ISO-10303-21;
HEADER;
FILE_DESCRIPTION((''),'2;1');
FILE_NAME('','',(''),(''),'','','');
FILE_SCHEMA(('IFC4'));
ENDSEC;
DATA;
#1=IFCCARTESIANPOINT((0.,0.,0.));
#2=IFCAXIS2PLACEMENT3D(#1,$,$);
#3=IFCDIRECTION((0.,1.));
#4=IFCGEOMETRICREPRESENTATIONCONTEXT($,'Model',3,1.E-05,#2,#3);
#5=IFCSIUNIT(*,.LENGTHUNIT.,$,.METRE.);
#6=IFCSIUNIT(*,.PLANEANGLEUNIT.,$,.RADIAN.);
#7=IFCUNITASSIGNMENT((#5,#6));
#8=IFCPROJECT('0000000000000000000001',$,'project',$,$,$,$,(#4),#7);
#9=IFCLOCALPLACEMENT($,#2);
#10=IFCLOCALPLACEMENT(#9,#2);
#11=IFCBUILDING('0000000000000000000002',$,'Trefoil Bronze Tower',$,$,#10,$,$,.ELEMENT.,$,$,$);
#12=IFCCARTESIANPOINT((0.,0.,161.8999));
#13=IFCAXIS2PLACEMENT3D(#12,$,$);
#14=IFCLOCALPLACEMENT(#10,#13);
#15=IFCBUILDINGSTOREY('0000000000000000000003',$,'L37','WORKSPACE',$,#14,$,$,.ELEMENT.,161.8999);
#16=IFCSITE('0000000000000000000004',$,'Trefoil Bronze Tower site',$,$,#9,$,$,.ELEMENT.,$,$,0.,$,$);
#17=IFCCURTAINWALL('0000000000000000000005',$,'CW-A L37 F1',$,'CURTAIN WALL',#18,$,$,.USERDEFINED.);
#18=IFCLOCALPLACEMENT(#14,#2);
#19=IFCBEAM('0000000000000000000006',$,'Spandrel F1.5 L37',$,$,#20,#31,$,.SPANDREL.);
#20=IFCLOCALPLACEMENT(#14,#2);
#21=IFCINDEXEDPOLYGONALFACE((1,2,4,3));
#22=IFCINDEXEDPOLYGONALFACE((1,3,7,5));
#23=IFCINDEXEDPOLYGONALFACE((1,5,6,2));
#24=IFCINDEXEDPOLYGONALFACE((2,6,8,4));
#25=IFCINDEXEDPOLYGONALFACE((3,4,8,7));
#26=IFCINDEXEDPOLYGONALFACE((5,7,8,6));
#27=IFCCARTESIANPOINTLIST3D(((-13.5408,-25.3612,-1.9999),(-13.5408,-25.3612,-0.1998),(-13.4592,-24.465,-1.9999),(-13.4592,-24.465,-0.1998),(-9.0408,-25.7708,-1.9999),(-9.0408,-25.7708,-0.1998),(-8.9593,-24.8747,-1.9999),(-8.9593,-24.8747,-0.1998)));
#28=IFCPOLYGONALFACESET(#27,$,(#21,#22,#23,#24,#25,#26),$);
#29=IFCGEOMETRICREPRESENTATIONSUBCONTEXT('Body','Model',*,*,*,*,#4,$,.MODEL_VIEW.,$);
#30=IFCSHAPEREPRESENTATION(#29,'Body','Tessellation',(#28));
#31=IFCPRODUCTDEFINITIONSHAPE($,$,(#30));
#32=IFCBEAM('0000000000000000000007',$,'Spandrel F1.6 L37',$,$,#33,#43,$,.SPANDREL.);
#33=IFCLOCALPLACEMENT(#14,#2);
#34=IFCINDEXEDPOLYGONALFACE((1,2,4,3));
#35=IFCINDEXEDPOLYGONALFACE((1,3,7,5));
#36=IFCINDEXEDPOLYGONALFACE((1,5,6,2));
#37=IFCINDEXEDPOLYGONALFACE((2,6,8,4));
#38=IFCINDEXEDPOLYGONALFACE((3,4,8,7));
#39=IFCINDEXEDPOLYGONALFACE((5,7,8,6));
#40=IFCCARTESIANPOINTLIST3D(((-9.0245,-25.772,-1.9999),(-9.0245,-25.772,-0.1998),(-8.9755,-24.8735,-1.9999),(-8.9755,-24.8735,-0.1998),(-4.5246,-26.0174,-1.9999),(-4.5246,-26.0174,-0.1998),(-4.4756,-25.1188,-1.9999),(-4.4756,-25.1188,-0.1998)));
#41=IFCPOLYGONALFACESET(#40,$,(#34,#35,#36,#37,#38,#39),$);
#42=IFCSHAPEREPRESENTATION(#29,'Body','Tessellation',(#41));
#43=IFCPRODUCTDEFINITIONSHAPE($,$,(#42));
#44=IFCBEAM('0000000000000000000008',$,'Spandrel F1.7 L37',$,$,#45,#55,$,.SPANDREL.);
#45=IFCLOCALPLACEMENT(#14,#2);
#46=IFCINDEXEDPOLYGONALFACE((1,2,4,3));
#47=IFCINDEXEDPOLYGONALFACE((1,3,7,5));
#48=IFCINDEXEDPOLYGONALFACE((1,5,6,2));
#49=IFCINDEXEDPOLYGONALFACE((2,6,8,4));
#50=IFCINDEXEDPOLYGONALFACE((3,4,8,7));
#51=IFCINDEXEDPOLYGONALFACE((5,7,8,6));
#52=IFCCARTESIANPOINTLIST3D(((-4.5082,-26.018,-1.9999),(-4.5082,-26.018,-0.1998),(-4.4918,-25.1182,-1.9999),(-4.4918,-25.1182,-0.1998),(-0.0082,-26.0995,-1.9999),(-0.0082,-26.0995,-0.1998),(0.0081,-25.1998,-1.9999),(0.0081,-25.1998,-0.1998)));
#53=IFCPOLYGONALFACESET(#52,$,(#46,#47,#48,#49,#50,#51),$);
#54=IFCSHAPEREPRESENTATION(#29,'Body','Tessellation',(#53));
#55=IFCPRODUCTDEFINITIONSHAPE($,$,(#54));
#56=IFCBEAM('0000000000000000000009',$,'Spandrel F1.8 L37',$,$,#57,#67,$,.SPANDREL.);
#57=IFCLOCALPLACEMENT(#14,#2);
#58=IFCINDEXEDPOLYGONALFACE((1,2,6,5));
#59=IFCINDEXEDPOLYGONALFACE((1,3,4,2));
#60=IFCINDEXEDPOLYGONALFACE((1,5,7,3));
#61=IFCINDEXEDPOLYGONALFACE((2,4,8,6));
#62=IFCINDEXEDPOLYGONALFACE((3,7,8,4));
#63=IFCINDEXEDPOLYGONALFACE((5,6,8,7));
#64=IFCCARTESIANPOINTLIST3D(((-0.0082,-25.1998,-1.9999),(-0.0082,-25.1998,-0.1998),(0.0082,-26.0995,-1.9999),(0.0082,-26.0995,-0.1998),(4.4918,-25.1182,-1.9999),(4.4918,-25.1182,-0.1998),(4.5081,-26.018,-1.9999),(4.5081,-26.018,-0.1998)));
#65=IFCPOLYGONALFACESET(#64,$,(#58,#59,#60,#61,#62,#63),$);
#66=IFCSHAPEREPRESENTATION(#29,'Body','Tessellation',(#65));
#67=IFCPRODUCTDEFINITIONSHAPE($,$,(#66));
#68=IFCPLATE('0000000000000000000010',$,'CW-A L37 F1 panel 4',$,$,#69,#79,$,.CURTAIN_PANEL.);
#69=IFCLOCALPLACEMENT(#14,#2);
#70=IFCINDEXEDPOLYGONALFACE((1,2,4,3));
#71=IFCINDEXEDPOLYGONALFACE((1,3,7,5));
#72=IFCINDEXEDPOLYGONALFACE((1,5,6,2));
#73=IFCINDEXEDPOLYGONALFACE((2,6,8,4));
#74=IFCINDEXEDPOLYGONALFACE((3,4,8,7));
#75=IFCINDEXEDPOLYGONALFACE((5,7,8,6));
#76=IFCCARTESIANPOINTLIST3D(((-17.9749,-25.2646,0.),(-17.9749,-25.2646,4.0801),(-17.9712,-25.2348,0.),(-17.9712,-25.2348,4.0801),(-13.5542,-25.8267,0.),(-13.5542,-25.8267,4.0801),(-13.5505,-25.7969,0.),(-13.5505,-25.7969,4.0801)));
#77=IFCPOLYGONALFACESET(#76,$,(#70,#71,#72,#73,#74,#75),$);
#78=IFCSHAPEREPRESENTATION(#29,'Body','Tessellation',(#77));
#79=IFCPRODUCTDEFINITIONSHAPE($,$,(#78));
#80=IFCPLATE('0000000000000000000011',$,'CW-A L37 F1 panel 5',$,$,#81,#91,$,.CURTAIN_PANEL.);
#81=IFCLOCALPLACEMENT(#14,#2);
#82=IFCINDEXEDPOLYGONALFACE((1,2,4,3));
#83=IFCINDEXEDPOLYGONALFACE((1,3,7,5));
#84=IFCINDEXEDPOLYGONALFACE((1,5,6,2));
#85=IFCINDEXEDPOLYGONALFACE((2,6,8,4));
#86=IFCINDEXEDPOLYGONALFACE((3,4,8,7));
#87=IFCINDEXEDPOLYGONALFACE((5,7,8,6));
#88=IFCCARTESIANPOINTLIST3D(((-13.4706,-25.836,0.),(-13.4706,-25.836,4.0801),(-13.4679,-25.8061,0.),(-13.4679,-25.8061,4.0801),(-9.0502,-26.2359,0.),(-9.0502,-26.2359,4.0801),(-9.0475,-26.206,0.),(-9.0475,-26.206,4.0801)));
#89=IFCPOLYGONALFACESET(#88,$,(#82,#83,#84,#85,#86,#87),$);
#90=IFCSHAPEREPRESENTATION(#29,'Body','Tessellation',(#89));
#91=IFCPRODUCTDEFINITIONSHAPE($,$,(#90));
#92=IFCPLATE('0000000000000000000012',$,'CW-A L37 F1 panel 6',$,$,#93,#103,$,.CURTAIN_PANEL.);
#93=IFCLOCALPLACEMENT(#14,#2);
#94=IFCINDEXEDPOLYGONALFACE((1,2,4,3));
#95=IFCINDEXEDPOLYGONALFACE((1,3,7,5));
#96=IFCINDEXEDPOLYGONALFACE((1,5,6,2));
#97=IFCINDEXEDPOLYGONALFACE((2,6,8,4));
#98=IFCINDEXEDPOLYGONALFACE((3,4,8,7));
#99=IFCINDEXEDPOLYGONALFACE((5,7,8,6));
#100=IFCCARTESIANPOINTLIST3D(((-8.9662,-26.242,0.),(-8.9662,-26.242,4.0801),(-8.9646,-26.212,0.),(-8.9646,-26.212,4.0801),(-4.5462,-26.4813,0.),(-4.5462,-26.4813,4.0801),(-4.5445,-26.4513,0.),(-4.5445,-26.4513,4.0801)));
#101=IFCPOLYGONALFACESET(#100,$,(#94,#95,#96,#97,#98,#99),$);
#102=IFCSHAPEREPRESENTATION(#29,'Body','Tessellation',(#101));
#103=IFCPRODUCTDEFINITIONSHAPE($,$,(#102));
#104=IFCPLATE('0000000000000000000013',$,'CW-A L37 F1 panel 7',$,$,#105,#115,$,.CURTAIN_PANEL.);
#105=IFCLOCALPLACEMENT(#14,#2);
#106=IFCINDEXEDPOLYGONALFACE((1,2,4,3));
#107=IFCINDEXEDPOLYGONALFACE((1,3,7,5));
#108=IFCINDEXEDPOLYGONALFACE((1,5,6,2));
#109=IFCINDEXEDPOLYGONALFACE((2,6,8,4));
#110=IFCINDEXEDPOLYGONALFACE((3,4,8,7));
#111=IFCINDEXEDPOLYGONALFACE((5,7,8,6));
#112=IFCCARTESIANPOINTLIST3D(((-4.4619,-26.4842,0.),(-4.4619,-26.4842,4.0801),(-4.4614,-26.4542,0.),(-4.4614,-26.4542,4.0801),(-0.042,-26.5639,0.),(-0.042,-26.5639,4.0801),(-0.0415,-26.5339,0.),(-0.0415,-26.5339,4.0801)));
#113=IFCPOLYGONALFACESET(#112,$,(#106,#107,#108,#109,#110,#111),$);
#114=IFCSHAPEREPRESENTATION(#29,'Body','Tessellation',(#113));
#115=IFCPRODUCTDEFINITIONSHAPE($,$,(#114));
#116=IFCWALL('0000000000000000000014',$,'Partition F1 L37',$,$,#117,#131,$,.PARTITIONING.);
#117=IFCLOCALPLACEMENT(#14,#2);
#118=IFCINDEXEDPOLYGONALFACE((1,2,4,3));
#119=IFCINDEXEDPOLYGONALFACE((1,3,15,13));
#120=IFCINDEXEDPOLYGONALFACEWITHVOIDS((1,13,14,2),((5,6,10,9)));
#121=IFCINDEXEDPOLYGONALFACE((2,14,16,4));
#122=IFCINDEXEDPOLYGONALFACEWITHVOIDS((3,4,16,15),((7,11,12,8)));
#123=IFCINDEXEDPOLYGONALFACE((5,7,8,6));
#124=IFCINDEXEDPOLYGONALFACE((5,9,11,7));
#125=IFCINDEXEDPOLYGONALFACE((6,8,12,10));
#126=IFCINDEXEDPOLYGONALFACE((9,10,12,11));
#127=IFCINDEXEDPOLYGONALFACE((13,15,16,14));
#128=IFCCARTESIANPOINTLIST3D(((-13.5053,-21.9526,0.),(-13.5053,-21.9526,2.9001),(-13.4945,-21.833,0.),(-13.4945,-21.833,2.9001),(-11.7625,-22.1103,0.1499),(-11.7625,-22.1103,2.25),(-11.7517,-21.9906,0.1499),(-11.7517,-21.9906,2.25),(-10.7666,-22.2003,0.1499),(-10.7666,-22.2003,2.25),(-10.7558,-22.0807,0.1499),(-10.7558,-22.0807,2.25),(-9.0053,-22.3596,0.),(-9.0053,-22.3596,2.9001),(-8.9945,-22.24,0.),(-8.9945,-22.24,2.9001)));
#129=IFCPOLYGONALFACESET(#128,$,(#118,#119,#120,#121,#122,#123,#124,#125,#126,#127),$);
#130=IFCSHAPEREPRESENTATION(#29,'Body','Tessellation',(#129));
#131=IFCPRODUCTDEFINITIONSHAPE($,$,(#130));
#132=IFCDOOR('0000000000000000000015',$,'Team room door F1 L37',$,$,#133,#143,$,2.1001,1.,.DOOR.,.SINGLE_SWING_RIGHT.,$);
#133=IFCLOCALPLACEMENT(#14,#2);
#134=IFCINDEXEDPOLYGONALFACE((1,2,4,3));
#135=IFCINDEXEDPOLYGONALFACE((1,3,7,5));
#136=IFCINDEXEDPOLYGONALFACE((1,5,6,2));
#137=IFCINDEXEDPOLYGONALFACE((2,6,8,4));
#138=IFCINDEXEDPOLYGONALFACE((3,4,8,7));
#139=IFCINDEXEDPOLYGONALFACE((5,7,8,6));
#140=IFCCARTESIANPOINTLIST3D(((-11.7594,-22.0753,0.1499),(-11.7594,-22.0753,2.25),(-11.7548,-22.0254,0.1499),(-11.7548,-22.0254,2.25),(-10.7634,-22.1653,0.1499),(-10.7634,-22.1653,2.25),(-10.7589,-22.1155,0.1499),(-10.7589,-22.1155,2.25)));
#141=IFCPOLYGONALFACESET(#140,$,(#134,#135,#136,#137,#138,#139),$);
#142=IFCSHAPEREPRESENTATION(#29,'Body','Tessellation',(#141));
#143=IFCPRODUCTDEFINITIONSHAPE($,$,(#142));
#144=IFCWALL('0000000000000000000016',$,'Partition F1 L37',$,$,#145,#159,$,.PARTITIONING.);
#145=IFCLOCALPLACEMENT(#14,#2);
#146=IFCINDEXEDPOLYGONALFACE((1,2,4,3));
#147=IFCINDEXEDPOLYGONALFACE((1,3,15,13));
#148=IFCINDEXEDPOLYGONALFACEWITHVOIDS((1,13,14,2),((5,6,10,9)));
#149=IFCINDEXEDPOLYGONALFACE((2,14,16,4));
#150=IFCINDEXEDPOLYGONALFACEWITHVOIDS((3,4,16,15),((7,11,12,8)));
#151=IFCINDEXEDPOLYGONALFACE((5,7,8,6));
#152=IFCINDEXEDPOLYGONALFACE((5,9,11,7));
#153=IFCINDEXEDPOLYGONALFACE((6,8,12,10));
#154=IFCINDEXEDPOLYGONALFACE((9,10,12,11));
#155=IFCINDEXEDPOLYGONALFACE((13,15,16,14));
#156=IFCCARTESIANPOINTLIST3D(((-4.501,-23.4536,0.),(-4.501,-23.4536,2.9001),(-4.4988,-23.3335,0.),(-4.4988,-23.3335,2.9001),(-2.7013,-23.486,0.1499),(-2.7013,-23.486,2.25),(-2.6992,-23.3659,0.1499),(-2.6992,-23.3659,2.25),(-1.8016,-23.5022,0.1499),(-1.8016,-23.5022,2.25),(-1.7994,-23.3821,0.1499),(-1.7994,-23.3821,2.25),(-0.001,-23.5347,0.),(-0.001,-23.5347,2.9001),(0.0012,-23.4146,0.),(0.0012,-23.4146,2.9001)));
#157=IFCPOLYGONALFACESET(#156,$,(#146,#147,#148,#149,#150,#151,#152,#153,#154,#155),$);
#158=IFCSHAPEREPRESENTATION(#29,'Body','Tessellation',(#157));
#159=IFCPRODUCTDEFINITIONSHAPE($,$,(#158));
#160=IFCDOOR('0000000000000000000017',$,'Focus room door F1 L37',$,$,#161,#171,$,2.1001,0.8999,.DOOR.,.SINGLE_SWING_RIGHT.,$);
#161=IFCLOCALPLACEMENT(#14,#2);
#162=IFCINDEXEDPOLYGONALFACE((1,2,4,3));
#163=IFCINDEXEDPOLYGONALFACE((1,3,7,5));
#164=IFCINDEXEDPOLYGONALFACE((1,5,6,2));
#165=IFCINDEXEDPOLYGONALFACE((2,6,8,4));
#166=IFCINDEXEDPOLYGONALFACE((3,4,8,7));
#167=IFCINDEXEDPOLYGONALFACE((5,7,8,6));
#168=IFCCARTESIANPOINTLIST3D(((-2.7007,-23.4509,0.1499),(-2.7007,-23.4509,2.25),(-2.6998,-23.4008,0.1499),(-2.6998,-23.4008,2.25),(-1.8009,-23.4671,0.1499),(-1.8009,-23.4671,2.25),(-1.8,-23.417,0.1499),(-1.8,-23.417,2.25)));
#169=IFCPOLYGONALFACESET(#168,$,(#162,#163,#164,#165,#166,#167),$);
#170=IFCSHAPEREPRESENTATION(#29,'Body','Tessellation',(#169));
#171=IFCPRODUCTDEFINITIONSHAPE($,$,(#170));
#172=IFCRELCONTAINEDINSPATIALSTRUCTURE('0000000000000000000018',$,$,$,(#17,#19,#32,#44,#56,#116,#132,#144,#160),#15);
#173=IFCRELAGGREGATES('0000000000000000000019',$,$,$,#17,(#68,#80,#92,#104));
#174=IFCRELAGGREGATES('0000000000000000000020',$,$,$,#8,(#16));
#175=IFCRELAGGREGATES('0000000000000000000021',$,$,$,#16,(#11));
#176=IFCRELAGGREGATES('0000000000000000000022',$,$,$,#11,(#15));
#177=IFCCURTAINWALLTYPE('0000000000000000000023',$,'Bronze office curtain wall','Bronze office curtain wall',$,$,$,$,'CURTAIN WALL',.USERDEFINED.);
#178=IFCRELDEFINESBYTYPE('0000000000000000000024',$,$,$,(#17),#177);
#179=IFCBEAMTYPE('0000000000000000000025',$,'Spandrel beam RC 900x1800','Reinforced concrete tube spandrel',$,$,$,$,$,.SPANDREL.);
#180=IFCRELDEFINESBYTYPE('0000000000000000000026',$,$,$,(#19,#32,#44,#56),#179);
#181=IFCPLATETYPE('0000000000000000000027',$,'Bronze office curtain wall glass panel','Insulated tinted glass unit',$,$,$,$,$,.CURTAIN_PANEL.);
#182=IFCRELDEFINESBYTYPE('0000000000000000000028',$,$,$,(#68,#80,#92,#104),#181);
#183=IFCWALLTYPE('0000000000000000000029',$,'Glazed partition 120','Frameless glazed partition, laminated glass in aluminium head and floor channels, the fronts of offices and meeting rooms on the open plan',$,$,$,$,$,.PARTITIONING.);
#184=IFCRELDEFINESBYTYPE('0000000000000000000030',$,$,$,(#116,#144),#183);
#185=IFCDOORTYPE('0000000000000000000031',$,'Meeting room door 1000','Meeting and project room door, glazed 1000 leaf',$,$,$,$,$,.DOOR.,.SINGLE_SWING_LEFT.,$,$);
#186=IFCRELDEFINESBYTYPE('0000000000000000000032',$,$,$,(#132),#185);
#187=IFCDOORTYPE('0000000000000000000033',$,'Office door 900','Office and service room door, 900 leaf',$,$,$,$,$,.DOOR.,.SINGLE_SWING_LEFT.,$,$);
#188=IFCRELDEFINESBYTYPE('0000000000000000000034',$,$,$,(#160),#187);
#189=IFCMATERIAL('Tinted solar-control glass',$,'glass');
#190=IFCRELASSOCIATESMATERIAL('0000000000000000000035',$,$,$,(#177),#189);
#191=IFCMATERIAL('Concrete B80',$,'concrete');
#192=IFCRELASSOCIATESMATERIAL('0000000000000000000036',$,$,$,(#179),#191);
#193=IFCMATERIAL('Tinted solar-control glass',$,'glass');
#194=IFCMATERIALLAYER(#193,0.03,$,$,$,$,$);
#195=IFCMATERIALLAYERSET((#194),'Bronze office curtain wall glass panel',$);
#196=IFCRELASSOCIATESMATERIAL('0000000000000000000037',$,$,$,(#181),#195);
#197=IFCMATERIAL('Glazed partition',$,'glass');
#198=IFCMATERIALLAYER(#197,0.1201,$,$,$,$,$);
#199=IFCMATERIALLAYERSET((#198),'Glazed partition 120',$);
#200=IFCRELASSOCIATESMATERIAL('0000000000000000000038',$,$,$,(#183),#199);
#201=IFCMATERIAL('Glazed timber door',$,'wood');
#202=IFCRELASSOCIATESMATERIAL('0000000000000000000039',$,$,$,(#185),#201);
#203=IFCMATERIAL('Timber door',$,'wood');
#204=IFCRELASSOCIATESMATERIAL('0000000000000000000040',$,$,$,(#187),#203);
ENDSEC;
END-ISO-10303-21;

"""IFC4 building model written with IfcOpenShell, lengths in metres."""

from ifc_helpers import new_model, si_unit, direction, frame, frame_2d, origin, origin_2d, place, context, subcontext, project, spatial, rectangle, extrude, material, layer, layer_set, material_profile, profile_set, type_object, element, fill, aggregate, save


model = new_model("IFC4")

# Units and contexts
model_context = context("Model", 3, precision=1e-05, world=origin(), true_north=direction((0.0, 1.0)))
body_context = subcontext(model_context, "Body", "Model", "MODEL_VIEW")
ifc_project = project(units=[si_unit("LENGTHUNIT", "METRE"), si_unit("PLANEANGLEUNIT", "RADIAN")], contexts=[model_context])

# Site, building, storey
site_placement = place(None, origin())
site = spatial("IfcSite", under=ifc_project, at=site_placement, Name="Trefoil Bronze Tower site", CompositionType="ELEMENT", RefElevation=0.0)
building_placement = place(site_placement, origin())
building = spatial("IfcBuilding", under=site, at=building_placement, Name="Trefoil Bronze Tower", CompositionType="ELEMENT")
storey_placement = place(building_placement, frame((0.0, 0.0, 161.8999)))
storey = spatial("IfcBuildingStorey", under=building, at=storey_placement, Name="L37", Description="WORKSPACE", CompositionType="ELEMENT", Elevation=161.8999)

# Curtain wall
ifc_material_1 = material(Name="Tinted solar-control glass", Category="glass")
curtain_wall_type = type_object("IfcCurtainWallType", Name="Bronze office curtain wall", Description="Bronze office curtain wall", ElementType="CURTAIN WALL", PredefinedType="USERDEFINED", material=ifc_material_1)
curtain_wall_placement = place(storey_placement, origin())
curtain_wall = element("IfcCurtainWall", 1, at=curtain_wall_placement, inside=storey, type_object=curtain_wall_type, Name="CW-A L37 F1", ObjectType="CURTAIN WALL", PredefinedType="USERDEFINED")

# Beams
ifc_material_2 = material(Name="Concrete B80", Category="concrete")
ifc_material_profile_1 = material_profile(ifc_material_2, rectangle(XDim=0.8999, YDim=1.8, at=origin_2d()), Name="RC 900x1800")
ifc_profile_set_1 = profile_set([ifc_material_profile_1], Name="Concrete B80")
beam_type_1 = type_object("IfcBeamType", Name="Spandrel beam RC 900x1800", Description="Reinforced concrete tube spandrel", PredefinedType="SPANDREL", material=ifc_profile_set_1)
beam_1_placement = place(storey_placement, frame((-13.5, -24.9131, -1.0999), z_axis=(0.995882, -0.090662, 0.0), x_axis=(0.090662, 0.995882, 0.0)))
element("IfcBeam", 2, at=beam_1_placement, inside=storey, type_object=beam_type_1, Name="Spandrel F1.5 L37", PredefinedType="SPANDREL", context=body_context, shape_type="SweptSolid", body=[
    extrude(rectangle(XDim=0.8999, YDim=1.8, at=origin_2d()), origin(), (0.0, 0.0, 1.0), 4.5186),
])
beam_2_placement = place(storey_placement, frame((-9.0, -25.3228, -1.0999), z_axis=(0.998517, -0.054444, 0.0), x_axis=(0.054444, 0.998517, 0.0)))
element("IfcBeam", 3, at=beam_2_placement, inside=storey, type_object=beam_type_1, Name="Spandrel F1.6 L37", PredefinedType="SPANDREL", context=body_context, shape_type="SweptSolid", body=[
    extrude(rectangle(XDim=0.8999, YDim=1.8, at=origin_2d()), origin(), (0.0, 0.0, 1.0), 4.5066),
])
for number, where, z_axis, x_axis, name in (
    (4, (-4.5, -25.5681, -1.0999), (0.999836, -0.018118, 0.0), (0.018118, 0.999836, 0.0), "Spandrel F1.7 L37"),
    (5, (0.0, -25.6497, -1.0999), (0.999836, 0.018118, 0.0), (-0.018118, 0.999836, 0.0), "Spandrel F1.8 L37"),
):
    element("IfcBeam", number, at=place(storey_placement, frame(where, z_axis=z_axis, x_axis=x_axis)), inside=storey, type_object=beam_type_1, Name=name, PredefinedType="SPANDREL", context=body_context, shape_type="SweptSolid", body=[
        extrude(rectangle(XDim=0.8999, YDim=1.8, at=origin_2d()), origin(), (0.0, 0.0, 1.0), 4.5007),
    ])

# Plates
ifc_material_3 = material(Name="Tinted solar-control glass", Category="glass")
ifc_layer_1 = layer(ifc_material_3, 0.03)
ifc_layer_set_1 = layer_set([ifc_layer_1], Name="Bronze office curtain wall glass panel")
plate_type = type_object("IfcPlateType", Name="Bronze office curtain wall glass panel", Description="Insulated tinted glass unit", PredefinedType="CURTAIN_PANEL", material=ifc_layer_set_1)
plate_1_placement = place(storey_placement, frame((-15.7627, -25.5308, 0.0), z_axis=(0.0, 0.0, 1.0), x_axis=(0.992012, -0.126147, 0.0)))
plate_1 = element("IfcPlate", 6, at=plate_1_placement, type_object=plate_type, Name="CW-A L37 F1 panel 4", PredefinedType="CURTAIN_PANEL", context=body_context, shape_type="SweptSolid", body=[
    extrude(rectangle(XDim=4.4563, YDim=0.03, at=origin_2d()), origin(), (0.0, 0.0, 1.0), 4.0801),
])
plate_2_placement = place(storey_placement, frame((-11.259, -26.021, 0.0), z_axis=(0.0, 0.0, 1.0), x_axis=(0.995932, -0.090105, 0.0)))
plate_2 = element("IfcPlate", 7, at=plate_2_placement, type_object=plate_type, Name="CW-A L37 F1 panel 5", PredefinedType="CURTAIN_PANEL", context=body_context, shape_type="SweptSolid", body=[
    extrude(rectangle(XDim=4.4385, YDim=0.03, at=origin_2d()), origin(), (0.0, 0.0, 1.0), 4.0801),
])
plate_3_placement = place(storey_placement, frame((-6.7554, -26.3467, 0.0), z_axis=(0.0, 0.0, 1.0), x_axis=(0.998538, -0.054063, 0.0)))
plate_3 = element("IfcPlate", 8, at=plate_3_placement, type_object=plate_type, Name="CW-A L37 F1 panel 6", PredefinedType="CURTAIN_PANEL", context=body_context, shape_type="SweptSolid", body=[
    extrude(rectangle(XDim=4.4265, YDim=0.03, at=origin_2d()), origin(), (0.0, 0.0, 1.0), 4.0801),
])
plate_4_placement = place(storey_placement, frame((-2.2517, -26.509, 0.0), z_axis=(0.0, 0.0, 1.0), x_axis=(0.999838, -0.018021, 0.0)))
plate_4 = element("IfcPlate", 9, at=plate_4_placement, type_object=plate_type, Name="CW-A L37 F1 panel 7", PredefinedType="CURTAIN_PANEL", context=body_context, shape_type="SweptSolid", body=[
    extrude(rectangle(XDim=4.4207, YDim=0.03, at=origin_2d()), origin(), (0.0, 0.0, 1.0), 4.0801),
])
aggregate(curtain_wall, [plate_1, plate_2, plate_3, plate_4])

# Walls, openings, doors
ifc_material_4 = material(Name="Glazed partition", Category="glass")
ifc_layer_2 = layer(ifc_material_4, 0.1201)
ifc_layer_set_2 = layer_set([ifc_layer_2], Name="Glazed partition 120")
wall_type = type_object("IfcWallType", Name="Glazed partition 120", Description="Frameless glazed partition, laminated glass in aluminium head and floor channels, the fronts of offices and meeting rooms on the open plan", PredefinedType="PARTITIONING", material=ifc_layer_set_2)
wall_1_placement = place(storey_placement, frame((-13.5, -21.8928, 0.0), z_axis=(0.0, 0.0, 1.0), x_axis=(0.995935, -0.090073, 0.0)))
wall_1 = element("IfcWall", 10, at=wall_1_placement, inside=storey, type_object=wall_type, Name="Partition F1 L37", PredefinedType="PARTITIONING", context=body_context, shape_type="SweptSolid", body=[
    extrude(rectangle(XDim=4.5183, YDim=0.1201, at=frame_2d((2.2593, 0.0))), origin(), (0.0, 0.0, 1.0), 2.9001),
])
opening_1_placement = place(wall_1_placement, frame((1.75, 0.0, 0.1499)))
opening_1 = element("IfcOpeningElement", 11, at=opening_1_placement, cuts=wall_1, PredefinedType="OPENING", context=body_context, shape_type="SweptSolid", body=[
    extrude(rectangle(XDim=1.0, YDim=2.1001, at=frame_2d((0.5, 1.05))), frame((0.0, 0.0701, 0.0), z_axis=(0.0, -1.0, 0.0), x_axis=(1.0, 0.0, 0.0)), (0.0, 0.0, 1.0), 0.1401),
])
ifc_material_5 = material(Name="Glazed timber door", Category="wood")
door_type_1 = type_object("IfcDoorType", Name="Meeting room door 1000", Description="Meeting and project room door, glazed 1000 leaf", OperationType="SINGLE_SWING_LEFT", PredefinedType="DOOR", material=ifc_material_5)
door_1_placement = place(opening_1_placement, frame((1.0, 0.0, 0.0), z_axis=(0.0, 0.0, 1.0), x_axis=(-1.0, 0.0, 0.0)))
door_1 = element("IfcDoor", 12, at=door_1_placement, inside=storey, type_object=door_type_1, Name="Team room door F1 L37", OperationType="SINGLE_SWING_RIGHT", OverallHeight=2.1001, OverallWidth=1.0, PredefinedType="DOOR", context=body_context, shape_type="SweptSolid", body=[
    extrude(rectangle(XDim=1.0, YDim=2.1001, at=frame_2d((0.5, 1.05))), frame((0.0, 0.0249, 0.0), z_axis=(0.0, -1.0, 0.0), x_axis=(1.0, 0.0, 0.0)), (0.0, 0.0, 1.0), 0.05),
])
fill(opening_1, door_1)
wall_2_placement = place(storey_placement, frame((-4.5, -23.3936, 0.0), z_axis=(0.0, 0.0, 1.0), x_axis=(0.999838, -0.018009, 0.0)))
wall_2 = element("IfcWall", 13, at=wall_2_placement, inside=storey, type_object=wall_type, Name="Partition F1 L37", PredefinedType="PARTITIONING", context=body_context, shape_type="SweptSolid", body=[
    extrude(rectangle(XDim=4.5007, YDim=0.1201, at=frame_2d((2.2505, 0.0))), origin(), (0.0, 0.0, 1.0), 2.9001),
])
opening_2_placement = place(wall_2_placement, frame((1.8, 0.0, 0.1499)))
opening_2 = element("IfcOpeningElement", 14, at=opening_2_placement, cuts=wall_2, PredefinedType="OPENING", context=body_context, shape_type="SweptSolid", body=[
    extrude(rectangle(XDim=0.8999, YDim=2.1001, at=frame_2d((0.45, 1.05))), frame((0.0, 0.0701, 0.0), z_axis=(0.0, -1.0, 0.0), x_axis=(1.0, 0.0, 0.0)), (0.0, 0.0, 1.0), 0.1401),
])
ifc_material_6 = material(Name="Timber door", Category="wood")
door_type_2 = type_object("IfcDoorType", Name="Office door 900", Description="Office and service room door, 900 leaf", OperationType="SINGLE_SWING_LEFT", PredefinedType="DOOR", material=ifc_material_6)
door_2_placement = place(opening_2_placement, frame((0.8999, 0.0, 0.0), z_axis=(0.0, 0.0, 1.0), x_axis=(-1.0, 0.0, 0.0)))
door_2 = element("IfcDoor", 15, at=door_2_placement, inside=storey, type_object=door_type_2, Name="Focus room door F1 L37", OperationType="SINGLE_SWING_RIGHT", OverallHeight=2.1001, OverallWidth=0.8999, PredefinedType="DOOR", context=body_context, shape_type="SweptSolid", body=[
    extrude(rectangle(XDim=0.8999, YDim=2.1001, at=frame_2d((0.45, 1.05))), frame((0.0, 0.0249, 0.0), z_axis=(0.0, -1.0, 0.0), x_axis=(1.0, 0.0, 0.0)), (0.0, 0.0, 1.0), 0.05),
])
fill(opening_2, door_2)

save(model, "model.ifc")
